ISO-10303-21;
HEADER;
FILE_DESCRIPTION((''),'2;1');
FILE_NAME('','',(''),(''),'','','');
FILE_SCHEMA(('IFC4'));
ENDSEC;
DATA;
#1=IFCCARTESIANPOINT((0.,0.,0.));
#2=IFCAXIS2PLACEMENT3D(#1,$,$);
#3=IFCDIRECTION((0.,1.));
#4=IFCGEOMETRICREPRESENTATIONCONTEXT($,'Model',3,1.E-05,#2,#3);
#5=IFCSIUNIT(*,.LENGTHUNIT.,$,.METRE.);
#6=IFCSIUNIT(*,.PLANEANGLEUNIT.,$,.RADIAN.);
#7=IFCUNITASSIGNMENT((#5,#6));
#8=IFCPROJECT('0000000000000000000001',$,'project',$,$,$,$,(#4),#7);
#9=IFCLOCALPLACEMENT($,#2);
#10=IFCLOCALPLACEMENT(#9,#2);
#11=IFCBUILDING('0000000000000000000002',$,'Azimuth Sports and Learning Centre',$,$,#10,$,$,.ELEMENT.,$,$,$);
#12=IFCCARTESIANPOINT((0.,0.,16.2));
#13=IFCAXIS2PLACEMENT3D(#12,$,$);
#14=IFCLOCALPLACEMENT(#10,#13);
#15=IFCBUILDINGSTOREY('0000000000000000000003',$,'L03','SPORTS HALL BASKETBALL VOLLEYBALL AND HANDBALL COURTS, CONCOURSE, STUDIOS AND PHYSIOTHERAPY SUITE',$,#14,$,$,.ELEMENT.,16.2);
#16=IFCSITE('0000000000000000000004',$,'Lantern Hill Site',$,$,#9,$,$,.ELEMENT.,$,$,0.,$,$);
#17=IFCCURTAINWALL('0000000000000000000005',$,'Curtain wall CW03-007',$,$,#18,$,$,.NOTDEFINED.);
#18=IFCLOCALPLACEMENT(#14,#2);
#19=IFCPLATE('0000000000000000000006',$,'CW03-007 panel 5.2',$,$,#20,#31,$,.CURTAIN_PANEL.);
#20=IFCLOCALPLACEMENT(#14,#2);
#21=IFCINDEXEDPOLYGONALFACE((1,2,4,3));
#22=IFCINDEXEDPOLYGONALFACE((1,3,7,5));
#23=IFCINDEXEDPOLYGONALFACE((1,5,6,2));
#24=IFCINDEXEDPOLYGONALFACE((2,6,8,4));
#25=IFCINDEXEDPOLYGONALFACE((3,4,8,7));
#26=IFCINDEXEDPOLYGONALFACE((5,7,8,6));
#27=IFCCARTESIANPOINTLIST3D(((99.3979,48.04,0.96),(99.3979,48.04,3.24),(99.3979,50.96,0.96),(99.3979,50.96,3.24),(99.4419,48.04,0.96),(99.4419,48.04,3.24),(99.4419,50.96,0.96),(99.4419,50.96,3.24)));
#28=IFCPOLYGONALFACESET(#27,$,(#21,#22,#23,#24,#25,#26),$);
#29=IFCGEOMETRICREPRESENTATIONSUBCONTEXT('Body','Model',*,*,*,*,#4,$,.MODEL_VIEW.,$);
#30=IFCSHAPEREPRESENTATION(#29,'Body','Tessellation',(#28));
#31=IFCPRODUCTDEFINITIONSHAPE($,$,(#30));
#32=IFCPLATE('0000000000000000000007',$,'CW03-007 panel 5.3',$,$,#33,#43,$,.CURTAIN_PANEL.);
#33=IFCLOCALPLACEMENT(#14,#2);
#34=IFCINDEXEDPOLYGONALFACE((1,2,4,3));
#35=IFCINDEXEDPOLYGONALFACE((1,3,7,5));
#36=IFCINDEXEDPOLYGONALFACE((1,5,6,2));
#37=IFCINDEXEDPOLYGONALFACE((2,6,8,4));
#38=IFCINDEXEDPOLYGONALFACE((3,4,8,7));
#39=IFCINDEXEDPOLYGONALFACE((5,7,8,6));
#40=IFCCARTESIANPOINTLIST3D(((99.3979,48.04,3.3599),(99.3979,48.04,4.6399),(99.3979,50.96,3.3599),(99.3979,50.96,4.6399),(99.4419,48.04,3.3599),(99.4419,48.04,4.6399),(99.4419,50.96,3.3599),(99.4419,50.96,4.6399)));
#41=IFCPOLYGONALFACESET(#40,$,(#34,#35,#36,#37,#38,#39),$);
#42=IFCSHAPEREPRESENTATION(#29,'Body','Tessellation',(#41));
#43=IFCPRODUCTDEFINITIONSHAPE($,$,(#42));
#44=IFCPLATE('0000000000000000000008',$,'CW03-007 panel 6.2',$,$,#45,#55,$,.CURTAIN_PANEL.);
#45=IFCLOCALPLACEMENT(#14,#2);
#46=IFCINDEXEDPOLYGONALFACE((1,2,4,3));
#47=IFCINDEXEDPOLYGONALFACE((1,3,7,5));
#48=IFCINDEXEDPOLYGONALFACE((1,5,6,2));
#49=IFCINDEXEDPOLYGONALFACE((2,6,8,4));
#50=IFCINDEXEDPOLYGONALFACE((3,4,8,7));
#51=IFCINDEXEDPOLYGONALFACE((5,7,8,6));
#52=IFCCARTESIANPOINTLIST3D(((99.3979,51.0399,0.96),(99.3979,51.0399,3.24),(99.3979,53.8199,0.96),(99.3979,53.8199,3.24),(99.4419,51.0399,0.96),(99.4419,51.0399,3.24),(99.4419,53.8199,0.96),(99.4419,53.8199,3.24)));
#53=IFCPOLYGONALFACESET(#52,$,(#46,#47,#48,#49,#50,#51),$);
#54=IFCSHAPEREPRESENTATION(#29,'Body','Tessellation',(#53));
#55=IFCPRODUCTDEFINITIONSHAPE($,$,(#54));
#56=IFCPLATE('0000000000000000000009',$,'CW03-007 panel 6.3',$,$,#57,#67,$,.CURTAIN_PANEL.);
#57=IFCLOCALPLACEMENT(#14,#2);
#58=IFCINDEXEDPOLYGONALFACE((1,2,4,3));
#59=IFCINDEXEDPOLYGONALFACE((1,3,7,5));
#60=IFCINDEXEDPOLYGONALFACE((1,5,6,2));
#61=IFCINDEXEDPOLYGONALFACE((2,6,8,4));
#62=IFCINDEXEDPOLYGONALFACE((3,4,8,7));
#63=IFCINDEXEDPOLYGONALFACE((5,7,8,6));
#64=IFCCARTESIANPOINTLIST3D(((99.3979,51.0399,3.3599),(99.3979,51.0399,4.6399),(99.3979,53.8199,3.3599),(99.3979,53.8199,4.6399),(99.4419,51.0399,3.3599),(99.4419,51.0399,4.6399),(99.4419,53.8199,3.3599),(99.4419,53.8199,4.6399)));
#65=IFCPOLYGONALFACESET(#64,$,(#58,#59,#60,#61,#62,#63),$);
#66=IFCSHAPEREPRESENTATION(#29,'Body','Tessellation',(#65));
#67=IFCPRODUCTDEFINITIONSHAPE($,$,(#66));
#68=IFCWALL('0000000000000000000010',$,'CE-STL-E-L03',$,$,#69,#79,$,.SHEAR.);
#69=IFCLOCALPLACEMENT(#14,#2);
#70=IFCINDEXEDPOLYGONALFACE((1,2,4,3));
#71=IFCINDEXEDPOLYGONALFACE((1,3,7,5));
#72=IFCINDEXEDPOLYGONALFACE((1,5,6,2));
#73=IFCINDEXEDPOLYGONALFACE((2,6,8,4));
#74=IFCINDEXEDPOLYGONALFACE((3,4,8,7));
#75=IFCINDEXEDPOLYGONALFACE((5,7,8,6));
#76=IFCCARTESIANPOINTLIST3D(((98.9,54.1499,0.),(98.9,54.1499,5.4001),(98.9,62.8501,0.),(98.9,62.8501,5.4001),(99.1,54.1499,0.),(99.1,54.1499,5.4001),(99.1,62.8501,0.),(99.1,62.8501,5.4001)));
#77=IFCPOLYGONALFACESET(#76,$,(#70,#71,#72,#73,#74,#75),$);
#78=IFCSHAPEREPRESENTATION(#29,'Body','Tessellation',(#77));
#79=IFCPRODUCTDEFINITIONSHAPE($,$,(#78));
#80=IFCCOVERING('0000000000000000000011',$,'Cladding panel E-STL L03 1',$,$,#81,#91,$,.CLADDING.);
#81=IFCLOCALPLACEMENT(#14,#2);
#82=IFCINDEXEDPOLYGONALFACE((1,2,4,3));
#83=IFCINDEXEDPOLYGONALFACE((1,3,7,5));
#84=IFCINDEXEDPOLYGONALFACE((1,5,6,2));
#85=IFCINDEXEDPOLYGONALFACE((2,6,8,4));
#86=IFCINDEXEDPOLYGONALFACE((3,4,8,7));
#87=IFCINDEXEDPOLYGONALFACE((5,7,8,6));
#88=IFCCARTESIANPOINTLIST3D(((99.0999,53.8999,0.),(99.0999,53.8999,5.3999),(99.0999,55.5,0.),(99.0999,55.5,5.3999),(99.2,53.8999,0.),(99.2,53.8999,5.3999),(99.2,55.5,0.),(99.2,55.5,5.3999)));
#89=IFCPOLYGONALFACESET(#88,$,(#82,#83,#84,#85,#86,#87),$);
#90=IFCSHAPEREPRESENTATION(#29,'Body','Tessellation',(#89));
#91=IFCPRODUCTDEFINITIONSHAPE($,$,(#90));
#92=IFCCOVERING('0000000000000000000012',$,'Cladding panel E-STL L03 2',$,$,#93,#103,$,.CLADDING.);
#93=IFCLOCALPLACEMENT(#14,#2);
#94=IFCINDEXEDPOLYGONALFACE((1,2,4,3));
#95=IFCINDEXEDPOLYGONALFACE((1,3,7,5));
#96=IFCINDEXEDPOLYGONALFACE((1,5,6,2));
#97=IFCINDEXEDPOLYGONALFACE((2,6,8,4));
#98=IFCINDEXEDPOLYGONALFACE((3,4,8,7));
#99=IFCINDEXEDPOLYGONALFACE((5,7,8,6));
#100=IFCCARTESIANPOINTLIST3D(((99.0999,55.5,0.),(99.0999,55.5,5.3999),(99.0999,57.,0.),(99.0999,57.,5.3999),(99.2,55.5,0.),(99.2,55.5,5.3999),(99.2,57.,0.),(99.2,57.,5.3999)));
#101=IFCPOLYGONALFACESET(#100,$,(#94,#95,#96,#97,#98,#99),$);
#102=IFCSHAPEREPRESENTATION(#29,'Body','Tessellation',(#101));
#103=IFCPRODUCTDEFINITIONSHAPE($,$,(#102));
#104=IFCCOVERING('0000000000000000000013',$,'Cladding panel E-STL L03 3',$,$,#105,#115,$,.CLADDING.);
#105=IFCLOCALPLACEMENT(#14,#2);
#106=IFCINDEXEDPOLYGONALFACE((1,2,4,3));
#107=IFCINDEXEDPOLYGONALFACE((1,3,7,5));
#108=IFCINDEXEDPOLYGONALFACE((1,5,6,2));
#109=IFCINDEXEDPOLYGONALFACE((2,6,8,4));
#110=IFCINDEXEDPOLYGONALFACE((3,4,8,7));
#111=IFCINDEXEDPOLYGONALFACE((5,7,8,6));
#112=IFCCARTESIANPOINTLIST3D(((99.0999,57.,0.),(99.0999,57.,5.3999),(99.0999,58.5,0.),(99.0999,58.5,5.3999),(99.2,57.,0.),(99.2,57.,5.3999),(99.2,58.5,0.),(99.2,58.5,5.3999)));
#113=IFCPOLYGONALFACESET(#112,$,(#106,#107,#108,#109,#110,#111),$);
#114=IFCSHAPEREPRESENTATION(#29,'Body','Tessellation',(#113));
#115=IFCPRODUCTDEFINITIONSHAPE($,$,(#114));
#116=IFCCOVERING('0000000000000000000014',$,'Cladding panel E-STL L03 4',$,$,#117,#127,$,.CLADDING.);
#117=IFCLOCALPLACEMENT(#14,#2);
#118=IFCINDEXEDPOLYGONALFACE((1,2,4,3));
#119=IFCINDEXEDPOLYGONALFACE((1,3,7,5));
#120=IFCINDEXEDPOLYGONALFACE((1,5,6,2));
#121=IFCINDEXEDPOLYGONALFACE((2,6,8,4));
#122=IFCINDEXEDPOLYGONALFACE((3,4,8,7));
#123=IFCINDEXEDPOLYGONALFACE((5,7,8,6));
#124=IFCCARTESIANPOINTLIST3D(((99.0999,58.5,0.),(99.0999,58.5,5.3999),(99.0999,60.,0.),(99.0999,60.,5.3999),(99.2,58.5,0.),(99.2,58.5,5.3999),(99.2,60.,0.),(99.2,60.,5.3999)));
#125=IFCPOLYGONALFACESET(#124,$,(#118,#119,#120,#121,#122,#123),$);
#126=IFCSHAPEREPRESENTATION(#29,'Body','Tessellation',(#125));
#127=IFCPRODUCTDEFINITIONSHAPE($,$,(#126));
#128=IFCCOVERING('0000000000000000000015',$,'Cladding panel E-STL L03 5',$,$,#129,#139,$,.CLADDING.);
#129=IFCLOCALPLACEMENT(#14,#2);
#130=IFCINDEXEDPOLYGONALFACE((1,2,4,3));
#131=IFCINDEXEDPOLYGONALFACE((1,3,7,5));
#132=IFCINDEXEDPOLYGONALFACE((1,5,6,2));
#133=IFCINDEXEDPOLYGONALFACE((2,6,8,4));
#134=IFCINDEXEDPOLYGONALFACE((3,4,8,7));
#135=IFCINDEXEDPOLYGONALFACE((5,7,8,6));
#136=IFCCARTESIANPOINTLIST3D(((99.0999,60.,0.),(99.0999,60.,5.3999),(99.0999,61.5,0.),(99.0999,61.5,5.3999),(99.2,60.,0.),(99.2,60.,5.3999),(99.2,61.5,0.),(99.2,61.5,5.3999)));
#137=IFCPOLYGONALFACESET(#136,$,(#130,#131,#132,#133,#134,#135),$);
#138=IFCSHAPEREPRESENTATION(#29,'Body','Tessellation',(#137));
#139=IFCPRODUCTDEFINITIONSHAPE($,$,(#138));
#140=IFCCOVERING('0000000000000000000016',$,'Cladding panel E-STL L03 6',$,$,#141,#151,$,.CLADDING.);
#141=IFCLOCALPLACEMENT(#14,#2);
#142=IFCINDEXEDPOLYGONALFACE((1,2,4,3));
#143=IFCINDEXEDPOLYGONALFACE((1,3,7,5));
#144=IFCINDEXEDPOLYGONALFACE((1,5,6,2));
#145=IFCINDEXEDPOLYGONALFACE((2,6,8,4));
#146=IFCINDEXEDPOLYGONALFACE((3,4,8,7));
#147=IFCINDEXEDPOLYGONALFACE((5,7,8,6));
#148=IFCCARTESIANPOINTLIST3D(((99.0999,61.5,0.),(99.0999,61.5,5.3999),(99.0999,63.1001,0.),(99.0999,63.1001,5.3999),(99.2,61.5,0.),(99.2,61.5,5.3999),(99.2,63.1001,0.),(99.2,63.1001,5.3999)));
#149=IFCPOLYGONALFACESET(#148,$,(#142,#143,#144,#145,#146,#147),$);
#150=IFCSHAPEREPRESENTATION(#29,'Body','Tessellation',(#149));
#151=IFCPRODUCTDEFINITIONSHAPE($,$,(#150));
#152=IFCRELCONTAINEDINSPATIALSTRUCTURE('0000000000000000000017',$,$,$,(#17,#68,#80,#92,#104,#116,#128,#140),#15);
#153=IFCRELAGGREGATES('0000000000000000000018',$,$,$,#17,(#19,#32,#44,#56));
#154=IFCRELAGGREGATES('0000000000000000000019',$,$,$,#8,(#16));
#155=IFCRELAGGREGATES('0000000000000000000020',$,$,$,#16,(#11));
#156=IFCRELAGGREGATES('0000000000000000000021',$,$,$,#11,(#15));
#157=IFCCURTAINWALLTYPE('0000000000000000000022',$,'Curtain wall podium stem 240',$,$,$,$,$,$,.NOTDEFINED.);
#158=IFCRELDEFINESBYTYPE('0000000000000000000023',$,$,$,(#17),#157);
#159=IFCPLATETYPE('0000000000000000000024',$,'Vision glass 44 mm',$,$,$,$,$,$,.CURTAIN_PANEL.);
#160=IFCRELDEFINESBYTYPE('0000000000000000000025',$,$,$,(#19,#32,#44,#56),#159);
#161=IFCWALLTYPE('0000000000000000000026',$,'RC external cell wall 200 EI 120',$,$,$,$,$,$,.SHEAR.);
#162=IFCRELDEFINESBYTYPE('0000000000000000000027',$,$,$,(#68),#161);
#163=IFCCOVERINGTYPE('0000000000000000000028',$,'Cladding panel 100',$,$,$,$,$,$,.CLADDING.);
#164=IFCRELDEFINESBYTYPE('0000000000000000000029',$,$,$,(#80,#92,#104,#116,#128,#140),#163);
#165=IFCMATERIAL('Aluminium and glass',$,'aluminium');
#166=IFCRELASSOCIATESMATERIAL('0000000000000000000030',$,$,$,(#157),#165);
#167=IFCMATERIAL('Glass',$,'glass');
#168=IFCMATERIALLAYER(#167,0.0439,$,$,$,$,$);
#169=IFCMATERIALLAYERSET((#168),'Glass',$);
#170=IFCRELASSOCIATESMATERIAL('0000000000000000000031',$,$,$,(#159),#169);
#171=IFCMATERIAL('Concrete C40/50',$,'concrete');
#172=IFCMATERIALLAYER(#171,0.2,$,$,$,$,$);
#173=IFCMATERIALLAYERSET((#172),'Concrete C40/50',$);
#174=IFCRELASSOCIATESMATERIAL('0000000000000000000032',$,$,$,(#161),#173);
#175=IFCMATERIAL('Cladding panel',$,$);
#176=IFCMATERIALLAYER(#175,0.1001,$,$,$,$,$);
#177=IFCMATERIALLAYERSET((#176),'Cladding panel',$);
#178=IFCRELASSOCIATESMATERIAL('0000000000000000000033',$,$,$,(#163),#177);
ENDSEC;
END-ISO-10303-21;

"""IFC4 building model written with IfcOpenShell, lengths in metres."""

from ifc_helpers import new_model, si_unit, direction, frame, frame_2d, origin, origin_2d, place, context, subcontext, project, spatial, rectangle, extrude, material, layer, layer_set, type_object, element, aggregate, save


model = new_model("IFC4")

# Units and contexts
model_context = context("Model", 3, precision=1e-05, world=origin(), true_north=direction((0.0, 1.0)))
body_context = subcontext(model_context, "Body", "Model", "MODEL_VIEW")
ifc_project = project(units=[si_unit("LENGTHUNIT", "METRE"), si_unit("PLANEANGLEUNIT", "RADIAN")], contexts=[model_context])

# Site, building, storey
site_placement = place(None, origin())
site = spatial("IfcSite", under=ifc_project, at=site_placement, Name="Lantern Hill Site", CompositionType="ELEMENT", RefElevation=0.0)
building_placement = place(site_placement, origin())
building = spatial("IfcBuilding", under=site, at=building_placement, Name="Azimuth Sports and Learning Centre", CompositionType="ELEMENT")
storey_placement = place(building_placement, frame((0.0, 0.0, 16.2)))
storey = spatial("IfcBuildingStorey", under=building, at=storey_placement, Name="L03", Description="SPORTS HALL BASKETBALL VOLLEYBALL AND HANDBALL COURTS, CONCOURSE, STUDIOS AND PHYSIOTHERAPY SUITE", CompositionType="ELEMENT", Elevation=16.2)

# Curtain wall
ifc_material_1 = material(Name="Aluminium and glass", Category="aluminium")
curtain_wall_type = type_object("IfcCurtainWallType", Name="Curtain wall podium stem 240", PredefinedType="NOTDEFINED", material=ifc_material_1)
curtain_wall_1_placement = place(storey_placement, origin())
curtain_wall_1 = element("IfcCurtainWall", 1, at=curtain_wall_1_placement, inside=storey, type_object=curtain_wall_type, Name="Curtain wall CW03-007", PredefinedType="NOTDEFINED")

# Plates
ifc_material_2 = material(Name="Glass", Category="glass")
ifc_layer_1 = layer(ifc_material_2, 0.0439)
ifc_layer_set_1 = layer_set([ifc_layer_1], Name="Glass")
plate_type_1 = type_object("IfcPlateType", Name="Vision glass 44 mm", PredefinedType="CURTAIN_PANEL", material=ifc_layer_set_1)
plate_1_placement = place(storey_placement, frame((99.4199, 49.5, 0.96), z_axis=(0.0, 0.0, 1.0), x_axis=(0.0, 1.0, 0.0)))
plate_1 = element("IfcPlate", 2, at=plate_1_placement, type_object=plate_type_1, Name="CW03-007 panel 5.2", PredefinedType="CURTAIN_PANEL", context=body_context, shape_type="SweptSolid", body=[
    extrude(rectangle(XDim=2.9199, YDim=0.0439, at=origin_2d()), origin(), (0.0, 0.0, 1.0), 2.28),
])
plate_2_placement = place(storey_placement, frame((99.4199, 49.5, 3.3599), z_axis=(0.0, 0.0, 1.0), x_axis=(0.0, 1.0, 0.0)))
plate_2 = element("IfcPlate", 3, at=plate_2_placement, type_object=plate_type_1, Name="CW03-007 panel 5.3", PredefinedType="CURTAIN_PANEL", context=body_context, shape_type="SweptSolid", body=[
    extrude(rectangle(XDim=2.9199, YDim=0.0439, at=origin_2d()), origin(), (0.0, 0.0, 1.0), 1.28),
])
plate_3_placement = place(storey_placement, frame((99.4199, 52.4299, 0.96), z_axis=(0.0, 0.0, 1.0), x_axis=(0.0, 1.0, 0.0)))
plate_3 = element("IfcPlate", 4, at=plate_3_placement, type_object=plate_type_1, Name="CW03-007 panel 6.2", PredefinedType="CURTAIN_PANEL", context=body_context, shape_type="SweptSolid", body=[
    extrude(rectangle(XDim=2.78, YDim=0.0439, at=origin_2d()), origin(), (0.0, 0.0, 1.0), 2.28),
])
plate_4_placement = place(storey_placement, frame((99.4199, 52.4299, 3.3599), z_axis=(0.0, 0.0, 1.0), x_axis=(0.0, 1.0, 0.0)))
plate_4 = element("IfcPlate", 5, at=plate_4_placement, type_object=plate_type_1, Name="CW03-007 panel 6.3", PredefinedType="CURTAIN_PANEL", context=body_context, shape_type="SweptSolid", body=[
    extrude(rectangle(XDim=2.78, YDim=0.0439, at=origin_2d()), origin(), (0.0, 0.0, 1.0), 1.28),
])
aggregate(curtain_wall_1, [plate_1, plate_2, plate_3, plate_4])

# Wall
ifc_material_3 = material(Name="Concrete C40/50", Category="concrete")
ifc_layer_2 = layer(ifc_material_3, 0.2)
ifc_layer_set_2 = layer_set([ifc_layer_2], Name="Concrete C40/50")
wall_type = type_object("IfcWallType", Name="RC external cell wall 200 EI 120", PredefinedType="SHEAR", material=ifc_layer_set_2)
wall_placement = place(storey_placement, frame((99.0, 54.1499, 0.0), z_axis=(0.0, 0.0, 1.0), x_axis=(0.0, 1.0, 0.0)))
element("IfcWall", 6, at=wall_placement, inside=storey, type_object=wall_type, Name="CE-STL-E-L03", PredefinedType="SHEAR", context=body_context, shape_type="SweptSolid", body=[
    extrude(rectangle(XDim=8.7002, YDim=0.2, at=frame_2d((4.3501, 0.0))), origin(), (0.0, 0.0, 1.0), 5.4001),
])

# Coverings
ifc_material_4 = material(Name="Cladding panel")
ifc_layer_3 = layer(ifc_material_4, 0.1001)
ifc_layer_set_3 = layer_set([ifc_layer_3], Name="Cladding panel")
covering_type = type_object("IfcCoveringType", Name="Cladding panel 100", PredefinedType="CLADDING", material=ifc_layer_set_3)
covering_1_placement = place(storey_placement, frame((99.1499, 54.7, 0.0), z_axis=(0.0, 0.0, 1.0), x_axis=(0.0, 1.0, 0.0)))
element("IfcCovering", 7, at=covering_1_placement, inside=storey, type_object=covering_type, Name="Cladding panel E-STL L03 1", PredefinedType="CLADDING", context=body_context, shape_type="SweptSolid", body=[
    extrude(rectangle(XDim=1.6001, YDim=0.1001, at=origin_2d()), origin(), (0.0, 0.0, 1.0), 5.3999),
])
for number, where, z_axis, x_axis, name in (
    (8, (99.1499, 56.25, 0.0), (0.0, 0.0, 1.0), (0.0, 1.0, 0.0), "Cladding panel E-STL L03 2"),
    (9, (99.1499, 57.75, 0.0), (0.0, 0.0, 1.0), (0.0, 1.0, 0.0), "Cladding panel E-STL L03 3"),
    (10, (99.1499, 59.25, 0.0), (0.0, 0.0, 1.0), (0.0, 1.0, 0.0), "Cladding panel E-STL L03 4"),
    (11, (99.1499, 60.75, 0.0), (0.0, 0.0, 1.0), (0.0, 1.0, 0.0), "Cladding panel E-STL L03 5"),
):
    element("IfcCovering", number, at=place(storey_placement, frame(where, z_axis=z_axis, x_axis=x_axis)), inside=storey, type_object=covering_type, Name=name, PredefinedType="CLADDING", context=body_context, shape_type="SweptSolid", body=[
        extrude(rectangle(XDim=1.5, YDim=0.1001, at=origin_2d()), origin(), (0.0, 0.0, 1.0), 5.3999),
    ])
covering_2_placement = place(storey_placement, frame((99.1499, 62.3, 0.0), z_axis=(0.0, 0.0, 1.0), x_axis=(0.0, 1.0, 0.0)))
element("IfcCovering", 12, at=covering_2_placement, inside=storey, type_object=covering_type, Name="Cladding panel E-STL L03 6", PredefinedType="CLADDING", context=body_context, shape_type="SweptSolid", body=[
    extrude(rectangle(XDim=1.6001, YDim=0.1001, at=origin_2d()), origin(), (0.0, 0.0, 1.0), 5.3999),
])

save(model, "model.ifc")
